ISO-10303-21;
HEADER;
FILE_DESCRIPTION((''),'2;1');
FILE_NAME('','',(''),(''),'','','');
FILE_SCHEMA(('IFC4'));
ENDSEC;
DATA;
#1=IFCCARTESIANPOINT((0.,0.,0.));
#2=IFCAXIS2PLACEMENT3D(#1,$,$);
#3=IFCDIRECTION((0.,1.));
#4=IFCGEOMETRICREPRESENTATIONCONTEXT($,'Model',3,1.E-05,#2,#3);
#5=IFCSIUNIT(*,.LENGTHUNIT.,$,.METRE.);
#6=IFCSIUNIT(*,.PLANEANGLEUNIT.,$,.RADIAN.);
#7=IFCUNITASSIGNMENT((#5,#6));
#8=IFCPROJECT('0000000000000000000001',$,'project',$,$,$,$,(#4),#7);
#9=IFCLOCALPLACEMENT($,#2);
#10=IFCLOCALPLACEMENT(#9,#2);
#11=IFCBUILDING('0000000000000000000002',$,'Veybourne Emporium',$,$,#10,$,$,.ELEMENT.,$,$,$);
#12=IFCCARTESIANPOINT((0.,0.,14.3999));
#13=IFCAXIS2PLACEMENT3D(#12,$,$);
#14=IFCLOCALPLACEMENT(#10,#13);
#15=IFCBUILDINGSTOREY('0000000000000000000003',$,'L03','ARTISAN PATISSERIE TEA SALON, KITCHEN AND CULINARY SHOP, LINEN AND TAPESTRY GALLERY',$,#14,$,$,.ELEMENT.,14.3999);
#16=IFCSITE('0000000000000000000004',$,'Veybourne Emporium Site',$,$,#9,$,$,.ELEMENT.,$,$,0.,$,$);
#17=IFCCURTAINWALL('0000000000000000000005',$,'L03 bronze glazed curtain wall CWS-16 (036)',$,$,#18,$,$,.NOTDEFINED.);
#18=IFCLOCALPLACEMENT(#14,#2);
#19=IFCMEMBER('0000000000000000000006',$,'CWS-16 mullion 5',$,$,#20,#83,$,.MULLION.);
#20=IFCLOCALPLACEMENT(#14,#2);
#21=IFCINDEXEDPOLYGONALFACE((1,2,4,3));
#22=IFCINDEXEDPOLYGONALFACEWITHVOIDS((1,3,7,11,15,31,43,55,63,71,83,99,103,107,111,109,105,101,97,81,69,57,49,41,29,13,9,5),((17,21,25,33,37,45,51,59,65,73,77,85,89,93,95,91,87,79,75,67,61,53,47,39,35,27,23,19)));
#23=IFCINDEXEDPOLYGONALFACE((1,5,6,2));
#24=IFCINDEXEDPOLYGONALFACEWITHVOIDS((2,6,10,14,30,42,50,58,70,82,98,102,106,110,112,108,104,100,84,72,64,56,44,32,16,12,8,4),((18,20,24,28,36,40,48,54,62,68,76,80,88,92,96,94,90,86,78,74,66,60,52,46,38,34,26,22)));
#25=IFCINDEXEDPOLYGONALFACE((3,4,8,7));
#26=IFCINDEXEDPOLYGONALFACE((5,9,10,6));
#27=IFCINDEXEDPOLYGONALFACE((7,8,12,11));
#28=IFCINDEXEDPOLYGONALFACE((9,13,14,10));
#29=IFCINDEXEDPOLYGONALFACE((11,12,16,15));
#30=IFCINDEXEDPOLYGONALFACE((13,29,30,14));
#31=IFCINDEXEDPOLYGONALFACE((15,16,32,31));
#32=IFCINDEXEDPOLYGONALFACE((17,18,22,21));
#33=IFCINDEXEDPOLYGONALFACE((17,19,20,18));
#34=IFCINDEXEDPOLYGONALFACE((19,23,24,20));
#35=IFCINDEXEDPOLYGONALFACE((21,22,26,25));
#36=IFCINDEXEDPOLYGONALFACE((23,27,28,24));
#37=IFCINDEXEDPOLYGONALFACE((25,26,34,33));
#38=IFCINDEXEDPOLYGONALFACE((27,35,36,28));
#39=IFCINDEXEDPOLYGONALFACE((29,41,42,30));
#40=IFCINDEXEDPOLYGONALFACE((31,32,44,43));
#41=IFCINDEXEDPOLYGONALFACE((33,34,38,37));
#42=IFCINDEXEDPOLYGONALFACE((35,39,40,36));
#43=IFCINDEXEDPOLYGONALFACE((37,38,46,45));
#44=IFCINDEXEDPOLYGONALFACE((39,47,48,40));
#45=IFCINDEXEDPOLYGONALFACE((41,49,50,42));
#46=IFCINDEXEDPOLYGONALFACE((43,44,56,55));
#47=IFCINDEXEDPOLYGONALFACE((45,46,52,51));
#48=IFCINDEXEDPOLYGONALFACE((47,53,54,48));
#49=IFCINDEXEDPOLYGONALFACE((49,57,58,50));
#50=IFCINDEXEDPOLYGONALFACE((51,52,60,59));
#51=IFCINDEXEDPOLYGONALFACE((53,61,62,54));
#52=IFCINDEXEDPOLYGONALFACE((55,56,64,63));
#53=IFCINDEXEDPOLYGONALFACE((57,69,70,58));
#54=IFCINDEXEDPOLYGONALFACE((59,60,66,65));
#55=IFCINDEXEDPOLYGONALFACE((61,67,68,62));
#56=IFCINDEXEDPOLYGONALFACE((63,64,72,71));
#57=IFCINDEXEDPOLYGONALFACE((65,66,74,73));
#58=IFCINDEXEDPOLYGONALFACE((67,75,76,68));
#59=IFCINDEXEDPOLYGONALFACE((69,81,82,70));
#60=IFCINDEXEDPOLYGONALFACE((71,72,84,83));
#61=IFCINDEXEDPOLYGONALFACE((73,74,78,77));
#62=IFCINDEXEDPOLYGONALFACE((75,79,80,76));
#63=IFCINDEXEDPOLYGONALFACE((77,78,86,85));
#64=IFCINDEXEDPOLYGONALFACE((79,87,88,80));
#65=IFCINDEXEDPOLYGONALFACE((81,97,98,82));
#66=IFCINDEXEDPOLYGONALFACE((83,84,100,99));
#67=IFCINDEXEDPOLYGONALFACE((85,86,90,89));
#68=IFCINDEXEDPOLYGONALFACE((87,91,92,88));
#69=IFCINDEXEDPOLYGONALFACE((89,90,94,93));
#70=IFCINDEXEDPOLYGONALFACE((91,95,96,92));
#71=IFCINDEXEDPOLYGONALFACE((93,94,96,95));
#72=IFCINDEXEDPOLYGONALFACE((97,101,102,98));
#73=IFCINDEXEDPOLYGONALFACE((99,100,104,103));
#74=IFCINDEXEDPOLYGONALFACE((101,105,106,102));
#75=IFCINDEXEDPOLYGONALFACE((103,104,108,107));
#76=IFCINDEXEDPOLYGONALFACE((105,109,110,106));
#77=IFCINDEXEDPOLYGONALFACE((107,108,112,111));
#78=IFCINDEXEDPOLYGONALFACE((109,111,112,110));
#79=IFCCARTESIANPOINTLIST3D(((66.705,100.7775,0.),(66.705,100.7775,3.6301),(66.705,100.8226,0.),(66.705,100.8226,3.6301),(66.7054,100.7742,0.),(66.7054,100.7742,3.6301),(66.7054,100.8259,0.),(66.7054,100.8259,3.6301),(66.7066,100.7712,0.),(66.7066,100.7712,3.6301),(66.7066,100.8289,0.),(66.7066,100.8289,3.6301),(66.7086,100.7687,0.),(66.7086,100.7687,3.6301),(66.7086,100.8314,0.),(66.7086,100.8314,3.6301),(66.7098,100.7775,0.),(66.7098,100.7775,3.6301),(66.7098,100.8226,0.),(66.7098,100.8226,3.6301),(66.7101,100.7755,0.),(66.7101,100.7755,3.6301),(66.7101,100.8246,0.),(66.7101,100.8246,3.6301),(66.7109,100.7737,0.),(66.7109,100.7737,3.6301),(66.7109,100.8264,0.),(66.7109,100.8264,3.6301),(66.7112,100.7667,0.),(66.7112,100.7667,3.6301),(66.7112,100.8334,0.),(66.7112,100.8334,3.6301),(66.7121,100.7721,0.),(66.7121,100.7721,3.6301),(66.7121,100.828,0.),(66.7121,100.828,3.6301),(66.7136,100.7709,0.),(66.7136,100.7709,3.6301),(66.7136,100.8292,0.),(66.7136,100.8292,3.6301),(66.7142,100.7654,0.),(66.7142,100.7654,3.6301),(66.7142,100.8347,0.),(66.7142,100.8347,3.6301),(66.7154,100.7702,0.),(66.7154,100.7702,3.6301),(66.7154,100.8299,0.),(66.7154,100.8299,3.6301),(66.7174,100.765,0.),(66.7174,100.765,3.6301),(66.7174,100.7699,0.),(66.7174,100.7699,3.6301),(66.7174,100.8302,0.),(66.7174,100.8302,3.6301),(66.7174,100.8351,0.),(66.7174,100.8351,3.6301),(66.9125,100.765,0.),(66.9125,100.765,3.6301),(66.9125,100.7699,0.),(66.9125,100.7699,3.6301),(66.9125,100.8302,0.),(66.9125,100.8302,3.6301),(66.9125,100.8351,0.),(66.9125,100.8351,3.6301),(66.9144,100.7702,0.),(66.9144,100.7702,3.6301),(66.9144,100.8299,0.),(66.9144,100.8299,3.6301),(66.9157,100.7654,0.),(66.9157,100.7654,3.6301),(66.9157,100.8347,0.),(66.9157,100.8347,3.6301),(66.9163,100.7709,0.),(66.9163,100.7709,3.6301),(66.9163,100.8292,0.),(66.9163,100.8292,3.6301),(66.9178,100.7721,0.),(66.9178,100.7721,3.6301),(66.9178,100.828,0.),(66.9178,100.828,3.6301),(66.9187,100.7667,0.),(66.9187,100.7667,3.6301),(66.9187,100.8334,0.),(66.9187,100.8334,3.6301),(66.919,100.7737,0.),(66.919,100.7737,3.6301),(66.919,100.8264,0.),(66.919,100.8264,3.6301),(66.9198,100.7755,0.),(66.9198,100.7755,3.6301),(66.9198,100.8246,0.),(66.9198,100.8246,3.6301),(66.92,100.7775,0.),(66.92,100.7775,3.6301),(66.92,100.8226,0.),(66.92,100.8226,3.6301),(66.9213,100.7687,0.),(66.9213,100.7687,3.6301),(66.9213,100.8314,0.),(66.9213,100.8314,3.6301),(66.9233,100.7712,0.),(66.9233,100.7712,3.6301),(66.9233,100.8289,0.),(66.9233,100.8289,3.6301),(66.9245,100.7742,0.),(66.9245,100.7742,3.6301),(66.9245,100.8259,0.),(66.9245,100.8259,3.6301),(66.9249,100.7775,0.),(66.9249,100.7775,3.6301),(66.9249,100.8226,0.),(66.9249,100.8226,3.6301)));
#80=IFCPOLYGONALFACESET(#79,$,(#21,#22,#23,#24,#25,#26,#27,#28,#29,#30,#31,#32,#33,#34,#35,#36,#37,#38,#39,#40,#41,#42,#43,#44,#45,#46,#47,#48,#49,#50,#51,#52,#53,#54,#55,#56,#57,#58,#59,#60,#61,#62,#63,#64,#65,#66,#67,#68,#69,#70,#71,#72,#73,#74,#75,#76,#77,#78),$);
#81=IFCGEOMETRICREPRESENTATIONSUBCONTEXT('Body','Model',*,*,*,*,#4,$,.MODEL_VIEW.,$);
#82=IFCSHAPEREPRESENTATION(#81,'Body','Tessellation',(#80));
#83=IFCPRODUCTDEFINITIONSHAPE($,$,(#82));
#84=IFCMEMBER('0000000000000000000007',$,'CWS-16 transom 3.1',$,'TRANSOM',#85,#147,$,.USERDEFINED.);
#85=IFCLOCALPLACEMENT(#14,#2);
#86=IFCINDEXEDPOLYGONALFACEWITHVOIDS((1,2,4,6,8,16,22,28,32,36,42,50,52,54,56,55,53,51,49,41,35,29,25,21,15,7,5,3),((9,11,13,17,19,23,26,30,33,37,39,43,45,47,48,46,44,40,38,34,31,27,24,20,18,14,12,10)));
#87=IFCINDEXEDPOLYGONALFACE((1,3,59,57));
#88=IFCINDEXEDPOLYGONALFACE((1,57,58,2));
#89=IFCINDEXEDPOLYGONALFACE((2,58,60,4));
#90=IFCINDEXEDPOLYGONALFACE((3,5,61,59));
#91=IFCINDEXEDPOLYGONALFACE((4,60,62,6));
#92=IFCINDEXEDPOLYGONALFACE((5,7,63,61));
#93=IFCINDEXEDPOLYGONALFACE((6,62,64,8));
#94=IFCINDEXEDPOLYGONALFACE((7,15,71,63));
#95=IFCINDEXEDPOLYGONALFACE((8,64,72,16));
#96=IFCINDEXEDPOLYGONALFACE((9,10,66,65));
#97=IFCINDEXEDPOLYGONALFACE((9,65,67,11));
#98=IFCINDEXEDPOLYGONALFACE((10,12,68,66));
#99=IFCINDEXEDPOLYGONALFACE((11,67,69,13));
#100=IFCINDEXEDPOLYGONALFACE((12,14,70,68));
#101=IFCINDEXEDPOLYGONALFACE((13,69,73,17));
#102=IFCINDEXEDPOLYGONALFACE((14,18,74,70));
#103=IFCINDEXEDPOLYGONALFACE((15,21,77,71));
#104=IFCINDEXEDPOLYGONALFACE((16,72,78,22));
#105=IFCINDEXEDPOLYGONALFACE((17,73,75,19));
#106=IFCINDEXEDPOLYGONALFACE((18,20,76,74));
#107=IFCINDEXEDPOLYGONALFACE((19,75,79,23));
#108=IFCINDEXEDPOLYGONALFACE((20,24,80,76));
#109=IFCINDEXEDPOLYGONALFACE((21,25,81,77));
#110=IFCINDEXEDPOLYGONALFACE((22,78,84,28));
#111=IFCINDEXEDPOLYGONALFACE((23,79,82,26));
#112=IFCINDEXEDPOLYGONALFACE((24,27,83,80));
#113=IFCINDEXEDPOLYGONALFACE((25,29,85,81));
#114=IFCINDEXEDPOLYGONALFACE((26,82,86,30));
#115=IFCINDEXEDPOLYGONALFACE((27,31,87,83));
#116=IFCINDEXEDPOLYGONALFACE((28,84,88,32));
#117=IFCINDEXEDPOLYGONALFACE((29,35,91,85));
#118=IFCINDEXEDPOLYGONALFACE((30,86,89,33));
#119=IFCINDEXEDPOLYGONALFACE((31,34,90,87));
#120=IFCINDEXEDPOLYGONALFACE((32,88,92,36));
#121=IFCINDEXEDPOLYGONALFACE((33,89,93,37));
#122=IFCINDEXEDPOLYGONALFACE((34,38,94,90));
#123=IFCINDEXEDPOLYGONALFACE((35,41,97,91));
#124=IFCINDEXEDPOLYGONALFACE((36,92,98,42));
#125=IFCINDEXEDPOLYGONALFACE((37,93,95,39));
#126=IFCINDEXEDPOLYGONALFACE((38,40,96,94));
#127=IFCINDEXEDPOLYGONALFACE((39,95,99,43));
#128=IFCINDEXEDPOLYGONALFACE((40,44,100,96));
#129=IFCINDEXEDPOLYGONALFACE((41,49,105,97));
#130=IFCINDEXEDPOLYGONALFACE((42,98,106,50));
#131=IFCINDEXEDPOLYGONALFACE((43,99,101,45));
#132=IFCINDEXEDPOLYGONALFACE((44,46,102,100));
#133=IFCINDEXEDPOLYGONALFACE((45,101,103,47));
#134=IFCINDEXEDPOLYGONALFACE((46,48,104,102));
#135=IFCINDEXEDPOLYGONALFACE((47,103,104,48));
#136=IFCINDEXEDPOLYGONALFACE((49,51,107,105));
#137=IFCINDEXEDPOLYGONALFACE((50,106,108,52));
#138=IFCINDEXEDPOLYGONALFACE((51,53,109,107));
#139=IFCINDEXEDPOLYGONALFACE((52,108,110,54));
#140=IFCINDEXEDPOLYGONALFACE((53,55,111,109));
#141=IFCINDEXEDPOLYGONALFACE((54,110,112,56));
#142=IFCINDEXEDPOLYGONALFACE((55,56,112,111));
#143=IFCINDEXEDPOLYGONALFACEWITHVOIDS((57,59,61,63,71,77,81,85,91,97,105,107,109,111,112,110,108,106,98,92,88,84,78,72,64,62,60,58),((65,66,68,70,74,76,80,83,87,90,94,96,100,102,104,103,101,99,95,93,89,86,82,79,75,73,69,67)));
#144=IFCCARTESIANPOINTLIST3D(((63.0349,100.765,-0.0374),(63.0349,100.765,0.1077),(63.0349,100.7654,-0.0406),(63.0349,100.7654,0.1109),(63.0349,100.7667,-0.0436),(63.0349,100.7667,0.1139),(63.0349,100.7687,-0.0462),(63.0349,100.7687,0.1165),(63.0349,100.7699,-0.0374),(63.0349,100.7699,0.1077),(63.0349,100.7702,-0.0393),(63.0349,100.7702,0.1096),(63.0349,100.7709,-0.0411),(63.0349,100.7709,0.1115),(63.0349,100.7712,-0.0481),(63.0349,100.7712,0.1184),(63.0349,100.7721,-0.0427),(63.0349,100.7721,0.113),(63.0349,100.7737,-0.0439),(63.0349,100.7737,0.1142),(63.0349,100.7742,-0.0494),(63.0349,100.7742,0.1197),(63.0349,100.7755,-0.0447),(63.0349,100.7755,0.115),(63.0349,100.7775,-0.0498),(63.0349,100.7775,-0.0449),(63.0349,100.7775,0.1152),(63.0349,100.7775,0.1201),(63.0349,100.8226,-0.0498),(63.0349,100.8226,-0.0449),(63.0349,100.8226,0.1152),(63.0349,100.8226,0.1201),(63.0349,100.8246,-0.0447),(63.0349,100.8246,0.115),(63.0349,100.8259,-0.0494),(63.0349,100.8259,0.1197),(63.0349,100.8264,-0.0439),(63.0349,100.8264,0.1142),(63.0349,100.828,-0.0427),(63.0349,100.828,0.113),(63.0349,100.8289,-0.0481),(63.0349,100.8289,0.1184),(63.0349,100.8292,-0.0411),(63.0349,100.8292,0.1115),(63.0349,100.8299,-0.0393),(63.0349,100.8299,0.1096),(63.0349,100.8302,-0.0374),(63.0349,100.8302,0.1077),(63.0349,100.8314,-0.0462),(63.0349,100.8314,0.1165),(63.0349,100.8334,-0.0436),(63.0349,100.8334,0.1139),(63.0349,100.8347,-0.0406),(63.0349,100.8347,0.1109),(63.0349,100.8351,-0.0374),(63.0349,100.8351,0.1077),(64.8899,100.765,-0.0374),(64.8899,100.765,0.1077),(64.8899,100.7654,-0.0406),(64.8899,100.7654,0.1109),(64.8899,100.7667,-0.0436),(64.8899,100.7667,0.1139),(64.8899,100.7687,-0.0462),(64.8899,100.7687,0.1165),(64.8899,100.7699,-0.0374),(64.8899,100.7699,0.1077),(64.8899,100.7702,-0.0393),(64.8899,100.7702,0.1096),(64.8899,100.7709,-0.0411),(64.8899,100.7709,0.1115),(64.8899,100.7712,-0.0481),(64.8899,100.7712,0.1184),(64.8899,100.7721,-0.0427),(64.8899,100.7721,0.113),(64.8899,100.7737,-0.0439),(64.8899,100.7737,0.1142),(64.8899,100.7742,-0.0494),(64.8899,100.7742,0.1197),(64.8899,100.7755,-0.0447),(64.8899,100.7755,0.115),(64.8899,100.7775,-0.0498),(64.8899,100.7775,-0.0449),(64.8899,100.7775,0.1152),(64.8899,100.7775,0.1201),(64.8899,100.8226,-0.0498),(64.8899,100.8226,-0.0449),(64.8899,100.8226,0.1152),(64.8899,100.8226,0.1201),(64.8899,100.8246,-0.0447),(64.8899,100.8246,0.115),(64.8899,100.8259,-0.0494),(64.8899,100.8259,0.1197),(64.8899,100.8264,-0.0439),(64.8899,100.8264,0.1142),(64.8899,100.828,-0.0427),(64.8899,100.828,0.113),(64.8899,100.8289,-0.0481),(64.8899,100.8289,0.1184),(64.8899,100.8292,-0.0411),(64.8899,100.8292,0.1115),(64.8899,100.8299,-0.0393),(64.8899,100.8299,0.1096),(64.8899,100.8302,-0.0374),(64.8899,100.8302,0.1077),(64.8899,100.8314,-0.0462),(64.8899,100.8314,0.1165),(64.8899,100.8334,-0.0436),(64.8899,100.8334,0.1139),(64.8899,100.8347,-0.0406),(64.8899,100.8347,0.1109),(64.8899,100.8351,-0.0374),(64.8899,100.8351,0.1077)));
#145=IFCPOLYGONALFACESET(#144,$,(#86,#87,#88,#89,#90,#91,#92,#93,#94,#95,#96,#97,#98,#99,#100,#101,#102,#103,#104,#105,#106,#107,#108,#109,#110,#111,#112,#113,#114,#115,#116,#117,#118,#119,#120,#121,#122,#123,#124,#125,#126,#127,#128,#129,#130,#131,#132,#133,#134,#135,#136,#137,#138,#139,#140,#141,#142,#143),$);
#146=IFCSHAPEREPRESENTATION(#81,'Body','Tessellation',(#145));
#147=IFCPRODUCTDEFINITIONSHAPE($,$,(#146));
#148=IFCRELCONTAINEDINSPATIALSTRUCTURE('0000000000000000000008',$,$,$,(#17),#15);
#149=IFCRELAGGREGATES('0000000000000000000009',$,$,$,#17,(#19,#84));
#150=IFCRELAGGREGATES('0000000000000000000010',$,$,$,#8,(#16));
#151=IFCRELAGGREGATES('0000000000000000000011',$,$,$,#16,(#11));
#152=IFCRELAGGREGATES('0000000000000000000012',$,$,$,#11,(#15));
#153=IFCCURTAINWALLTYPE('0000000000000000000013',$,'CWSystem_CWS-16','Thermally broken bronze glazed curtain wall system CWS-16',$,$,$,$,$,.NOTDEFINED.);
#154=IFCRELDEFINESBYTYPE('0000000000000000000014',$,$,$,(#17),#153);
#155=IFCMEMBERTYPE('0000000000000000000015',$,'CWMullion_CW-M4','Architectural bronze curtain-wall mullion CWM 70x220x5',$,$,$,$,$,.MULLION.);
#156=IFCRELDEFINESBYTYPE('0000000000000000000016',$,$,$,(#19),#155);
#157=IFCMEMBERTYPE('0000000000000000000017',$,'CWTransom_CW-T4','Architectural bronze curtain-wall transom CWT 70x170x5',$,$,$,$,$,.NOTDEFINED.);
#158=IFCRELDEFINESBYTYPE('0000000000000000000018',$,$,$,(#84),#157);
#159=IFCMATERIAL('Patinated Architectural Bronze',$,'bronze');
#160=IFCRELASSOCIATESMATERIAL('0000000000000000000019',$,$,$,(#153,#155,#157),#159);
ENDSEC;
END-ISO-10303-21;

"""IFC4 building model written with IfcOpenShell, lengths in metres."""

from ifc_helpers import new_model, si_unit, direction, frame, origin, origin_2d, place, context, subcontext, project, spatial, hollow_rectangle, extrude, material, material_profile, profile_set, type_object, element, aggregate, save


model = new_model("IFC4")

# Units and contexts
model_context = context("Model", 3, precision=1e-05, world=origin(), true_north=direction((0.0, 1.0)))
body_context = subcontext(model_context, "Body", "Model", "MODEL_VIEW")
ifc_project = project(units=[si_unit("LENGTHUNIT", "METRE"), si_unit("PLANEANGLEUNIT", "RADIAN")], contexts=[model_context])

# Site, building, storey
site_placement = place(None, origin())
site = spatial("IfcSite", under=ifc_project, at=site_placement, Name="Veybourne Emporium Site", CompositionType="ELEMENT", RefElevation=0.0)
building_placement = place(site_placement, origin())
building = spatial("IfcBuilding", under=site, at=building_placement, Name="Veybourne Emporium", CompositionType="ELEMENT")
storey_placement = place(building_placement, frame((0.0, 0.0, 14.3999)))
storey = spatial("IfcBuildingStorey", under=building, at=storey_placement, Name="L03", Description="ARTISAN PATISSERIE TEA SALON, KITCHEN AND CULINARY SHOP, LINEN AND TAPESTRY GALLERY", CompositionType="ELEMENT", Elevation=14.3999)

# Curtain wall, members
ifc_material_1 = material(Name="Patinated Architectural Bronze", Category="bronze")
curtain_wall_type = type_object("IfcCurtainWallType", Name="CWSystem_CWS-16", Description="Thermally broken bronze glazed curtain wall system CWS-16", PredefinedType="NOTDEFINED", material=ifc_material_1)
curtain_wall_placement = place(storey_placement, origin())
curtain_wall = element("IfcCurtainWall", 1, at=curtain_wall_placement, inside=storey, type_object=curtain_wall_type, Name="L03 bronze glazed curtain wall CWS-16 (036)", PredefinedType="NOTDEFINED")
ifc_material_profile_1 = material_profile(ifc_material_1, hollow_rectangle(XDim=0.0701, YDim=0.22, WallThickness=0.0049, InnerFilletRadius=0.0076, OuterFilletRadius=0.0125, at=origin_2d()), Name="CWM 70x220x5")
ifc_profile_set_1 = profile_set([ifc_material_profile_1], Name="Patinated Architectural Bronze")
member_type_1 = type_object("IfcMemberType", Name="CWMullion_CW-M4", Description="Architectural bronze curtain-wall mullion CWM 70x220x5", PredefinedType="MULLION", material=ifc_profile_set_1)
member_1_placement = place(storey_placement, frame((66.8149, 100.8, 0.0), z_axis=(0.0, 0.0, 1.0), x_axis=(0.0, 1.0, 0.0)))
member_1 = element("IfcMember", 2, at=member_1_placement, type_object=member_type_1, Name="CWS-16 mullion 5", PredefinedType="MULLION", context=body_context, shape_type="SweptSolid", body=[
    extrude(hollow_rectangle(XDim=0.0701, YDim=0.22, WallThickness=0.0049, InnerFilletRadius=0.0076, OuterFilletRadius=0.0125, at=origin_2d()), origin(), (0.0, 0.0, 1.0), 3.6301),
])
ifc_material_profile_2 = material_profile(ifc_material_1, hollow_rectangle(XDim=0.0701, YDim=0.1699, WallThickness=0.0049, InnerFilletRadius=0.0076, OuterFilletRadius=0.0125, at=origin_2d()), Name="CWT 70x170x5")
ifc_profile_set_2 = profile_set([ifc_material_profile_2], Name="Patinated Architectural Bronze")
member_type_2 = type_object("IfcMemberType", Name="CWTransom_CW-T4", Description="Architectural bronze curtain-wall transom CWT 70x170x5", PredefinedType="NOTDEFINED", material=ifc_profile_set_2)
member_2_placement = place(storey_placement, frame((63.0349, 100.8, 0.0352), z_axis=(1.0, 0.0, 0.0), x_axis=(0.0, 1.0, 0.0)))
member_2 = element("IfcMember", 3, at=member_2_placement, type_object=member_type_2, Name="CWS-16 transom 3.1", ObjectType="TRANSOM", PredefinedType="USERDEFINED", context=body_context, shape_type="SweptSolid", body=[
    extrude(hollow_rectangle(XDim=0.0701, YDim=0.1699, WallThickness=0.0049, InnerFilletRadius=0.0076, OuterFilletRadius=0.0125, at=origin_2d()), origin(), (0.0, 0.0, 1.0), 1.855),
])

aggregate(curtain_wall, [member_1, member_2])

save(model, "model.ifc")
